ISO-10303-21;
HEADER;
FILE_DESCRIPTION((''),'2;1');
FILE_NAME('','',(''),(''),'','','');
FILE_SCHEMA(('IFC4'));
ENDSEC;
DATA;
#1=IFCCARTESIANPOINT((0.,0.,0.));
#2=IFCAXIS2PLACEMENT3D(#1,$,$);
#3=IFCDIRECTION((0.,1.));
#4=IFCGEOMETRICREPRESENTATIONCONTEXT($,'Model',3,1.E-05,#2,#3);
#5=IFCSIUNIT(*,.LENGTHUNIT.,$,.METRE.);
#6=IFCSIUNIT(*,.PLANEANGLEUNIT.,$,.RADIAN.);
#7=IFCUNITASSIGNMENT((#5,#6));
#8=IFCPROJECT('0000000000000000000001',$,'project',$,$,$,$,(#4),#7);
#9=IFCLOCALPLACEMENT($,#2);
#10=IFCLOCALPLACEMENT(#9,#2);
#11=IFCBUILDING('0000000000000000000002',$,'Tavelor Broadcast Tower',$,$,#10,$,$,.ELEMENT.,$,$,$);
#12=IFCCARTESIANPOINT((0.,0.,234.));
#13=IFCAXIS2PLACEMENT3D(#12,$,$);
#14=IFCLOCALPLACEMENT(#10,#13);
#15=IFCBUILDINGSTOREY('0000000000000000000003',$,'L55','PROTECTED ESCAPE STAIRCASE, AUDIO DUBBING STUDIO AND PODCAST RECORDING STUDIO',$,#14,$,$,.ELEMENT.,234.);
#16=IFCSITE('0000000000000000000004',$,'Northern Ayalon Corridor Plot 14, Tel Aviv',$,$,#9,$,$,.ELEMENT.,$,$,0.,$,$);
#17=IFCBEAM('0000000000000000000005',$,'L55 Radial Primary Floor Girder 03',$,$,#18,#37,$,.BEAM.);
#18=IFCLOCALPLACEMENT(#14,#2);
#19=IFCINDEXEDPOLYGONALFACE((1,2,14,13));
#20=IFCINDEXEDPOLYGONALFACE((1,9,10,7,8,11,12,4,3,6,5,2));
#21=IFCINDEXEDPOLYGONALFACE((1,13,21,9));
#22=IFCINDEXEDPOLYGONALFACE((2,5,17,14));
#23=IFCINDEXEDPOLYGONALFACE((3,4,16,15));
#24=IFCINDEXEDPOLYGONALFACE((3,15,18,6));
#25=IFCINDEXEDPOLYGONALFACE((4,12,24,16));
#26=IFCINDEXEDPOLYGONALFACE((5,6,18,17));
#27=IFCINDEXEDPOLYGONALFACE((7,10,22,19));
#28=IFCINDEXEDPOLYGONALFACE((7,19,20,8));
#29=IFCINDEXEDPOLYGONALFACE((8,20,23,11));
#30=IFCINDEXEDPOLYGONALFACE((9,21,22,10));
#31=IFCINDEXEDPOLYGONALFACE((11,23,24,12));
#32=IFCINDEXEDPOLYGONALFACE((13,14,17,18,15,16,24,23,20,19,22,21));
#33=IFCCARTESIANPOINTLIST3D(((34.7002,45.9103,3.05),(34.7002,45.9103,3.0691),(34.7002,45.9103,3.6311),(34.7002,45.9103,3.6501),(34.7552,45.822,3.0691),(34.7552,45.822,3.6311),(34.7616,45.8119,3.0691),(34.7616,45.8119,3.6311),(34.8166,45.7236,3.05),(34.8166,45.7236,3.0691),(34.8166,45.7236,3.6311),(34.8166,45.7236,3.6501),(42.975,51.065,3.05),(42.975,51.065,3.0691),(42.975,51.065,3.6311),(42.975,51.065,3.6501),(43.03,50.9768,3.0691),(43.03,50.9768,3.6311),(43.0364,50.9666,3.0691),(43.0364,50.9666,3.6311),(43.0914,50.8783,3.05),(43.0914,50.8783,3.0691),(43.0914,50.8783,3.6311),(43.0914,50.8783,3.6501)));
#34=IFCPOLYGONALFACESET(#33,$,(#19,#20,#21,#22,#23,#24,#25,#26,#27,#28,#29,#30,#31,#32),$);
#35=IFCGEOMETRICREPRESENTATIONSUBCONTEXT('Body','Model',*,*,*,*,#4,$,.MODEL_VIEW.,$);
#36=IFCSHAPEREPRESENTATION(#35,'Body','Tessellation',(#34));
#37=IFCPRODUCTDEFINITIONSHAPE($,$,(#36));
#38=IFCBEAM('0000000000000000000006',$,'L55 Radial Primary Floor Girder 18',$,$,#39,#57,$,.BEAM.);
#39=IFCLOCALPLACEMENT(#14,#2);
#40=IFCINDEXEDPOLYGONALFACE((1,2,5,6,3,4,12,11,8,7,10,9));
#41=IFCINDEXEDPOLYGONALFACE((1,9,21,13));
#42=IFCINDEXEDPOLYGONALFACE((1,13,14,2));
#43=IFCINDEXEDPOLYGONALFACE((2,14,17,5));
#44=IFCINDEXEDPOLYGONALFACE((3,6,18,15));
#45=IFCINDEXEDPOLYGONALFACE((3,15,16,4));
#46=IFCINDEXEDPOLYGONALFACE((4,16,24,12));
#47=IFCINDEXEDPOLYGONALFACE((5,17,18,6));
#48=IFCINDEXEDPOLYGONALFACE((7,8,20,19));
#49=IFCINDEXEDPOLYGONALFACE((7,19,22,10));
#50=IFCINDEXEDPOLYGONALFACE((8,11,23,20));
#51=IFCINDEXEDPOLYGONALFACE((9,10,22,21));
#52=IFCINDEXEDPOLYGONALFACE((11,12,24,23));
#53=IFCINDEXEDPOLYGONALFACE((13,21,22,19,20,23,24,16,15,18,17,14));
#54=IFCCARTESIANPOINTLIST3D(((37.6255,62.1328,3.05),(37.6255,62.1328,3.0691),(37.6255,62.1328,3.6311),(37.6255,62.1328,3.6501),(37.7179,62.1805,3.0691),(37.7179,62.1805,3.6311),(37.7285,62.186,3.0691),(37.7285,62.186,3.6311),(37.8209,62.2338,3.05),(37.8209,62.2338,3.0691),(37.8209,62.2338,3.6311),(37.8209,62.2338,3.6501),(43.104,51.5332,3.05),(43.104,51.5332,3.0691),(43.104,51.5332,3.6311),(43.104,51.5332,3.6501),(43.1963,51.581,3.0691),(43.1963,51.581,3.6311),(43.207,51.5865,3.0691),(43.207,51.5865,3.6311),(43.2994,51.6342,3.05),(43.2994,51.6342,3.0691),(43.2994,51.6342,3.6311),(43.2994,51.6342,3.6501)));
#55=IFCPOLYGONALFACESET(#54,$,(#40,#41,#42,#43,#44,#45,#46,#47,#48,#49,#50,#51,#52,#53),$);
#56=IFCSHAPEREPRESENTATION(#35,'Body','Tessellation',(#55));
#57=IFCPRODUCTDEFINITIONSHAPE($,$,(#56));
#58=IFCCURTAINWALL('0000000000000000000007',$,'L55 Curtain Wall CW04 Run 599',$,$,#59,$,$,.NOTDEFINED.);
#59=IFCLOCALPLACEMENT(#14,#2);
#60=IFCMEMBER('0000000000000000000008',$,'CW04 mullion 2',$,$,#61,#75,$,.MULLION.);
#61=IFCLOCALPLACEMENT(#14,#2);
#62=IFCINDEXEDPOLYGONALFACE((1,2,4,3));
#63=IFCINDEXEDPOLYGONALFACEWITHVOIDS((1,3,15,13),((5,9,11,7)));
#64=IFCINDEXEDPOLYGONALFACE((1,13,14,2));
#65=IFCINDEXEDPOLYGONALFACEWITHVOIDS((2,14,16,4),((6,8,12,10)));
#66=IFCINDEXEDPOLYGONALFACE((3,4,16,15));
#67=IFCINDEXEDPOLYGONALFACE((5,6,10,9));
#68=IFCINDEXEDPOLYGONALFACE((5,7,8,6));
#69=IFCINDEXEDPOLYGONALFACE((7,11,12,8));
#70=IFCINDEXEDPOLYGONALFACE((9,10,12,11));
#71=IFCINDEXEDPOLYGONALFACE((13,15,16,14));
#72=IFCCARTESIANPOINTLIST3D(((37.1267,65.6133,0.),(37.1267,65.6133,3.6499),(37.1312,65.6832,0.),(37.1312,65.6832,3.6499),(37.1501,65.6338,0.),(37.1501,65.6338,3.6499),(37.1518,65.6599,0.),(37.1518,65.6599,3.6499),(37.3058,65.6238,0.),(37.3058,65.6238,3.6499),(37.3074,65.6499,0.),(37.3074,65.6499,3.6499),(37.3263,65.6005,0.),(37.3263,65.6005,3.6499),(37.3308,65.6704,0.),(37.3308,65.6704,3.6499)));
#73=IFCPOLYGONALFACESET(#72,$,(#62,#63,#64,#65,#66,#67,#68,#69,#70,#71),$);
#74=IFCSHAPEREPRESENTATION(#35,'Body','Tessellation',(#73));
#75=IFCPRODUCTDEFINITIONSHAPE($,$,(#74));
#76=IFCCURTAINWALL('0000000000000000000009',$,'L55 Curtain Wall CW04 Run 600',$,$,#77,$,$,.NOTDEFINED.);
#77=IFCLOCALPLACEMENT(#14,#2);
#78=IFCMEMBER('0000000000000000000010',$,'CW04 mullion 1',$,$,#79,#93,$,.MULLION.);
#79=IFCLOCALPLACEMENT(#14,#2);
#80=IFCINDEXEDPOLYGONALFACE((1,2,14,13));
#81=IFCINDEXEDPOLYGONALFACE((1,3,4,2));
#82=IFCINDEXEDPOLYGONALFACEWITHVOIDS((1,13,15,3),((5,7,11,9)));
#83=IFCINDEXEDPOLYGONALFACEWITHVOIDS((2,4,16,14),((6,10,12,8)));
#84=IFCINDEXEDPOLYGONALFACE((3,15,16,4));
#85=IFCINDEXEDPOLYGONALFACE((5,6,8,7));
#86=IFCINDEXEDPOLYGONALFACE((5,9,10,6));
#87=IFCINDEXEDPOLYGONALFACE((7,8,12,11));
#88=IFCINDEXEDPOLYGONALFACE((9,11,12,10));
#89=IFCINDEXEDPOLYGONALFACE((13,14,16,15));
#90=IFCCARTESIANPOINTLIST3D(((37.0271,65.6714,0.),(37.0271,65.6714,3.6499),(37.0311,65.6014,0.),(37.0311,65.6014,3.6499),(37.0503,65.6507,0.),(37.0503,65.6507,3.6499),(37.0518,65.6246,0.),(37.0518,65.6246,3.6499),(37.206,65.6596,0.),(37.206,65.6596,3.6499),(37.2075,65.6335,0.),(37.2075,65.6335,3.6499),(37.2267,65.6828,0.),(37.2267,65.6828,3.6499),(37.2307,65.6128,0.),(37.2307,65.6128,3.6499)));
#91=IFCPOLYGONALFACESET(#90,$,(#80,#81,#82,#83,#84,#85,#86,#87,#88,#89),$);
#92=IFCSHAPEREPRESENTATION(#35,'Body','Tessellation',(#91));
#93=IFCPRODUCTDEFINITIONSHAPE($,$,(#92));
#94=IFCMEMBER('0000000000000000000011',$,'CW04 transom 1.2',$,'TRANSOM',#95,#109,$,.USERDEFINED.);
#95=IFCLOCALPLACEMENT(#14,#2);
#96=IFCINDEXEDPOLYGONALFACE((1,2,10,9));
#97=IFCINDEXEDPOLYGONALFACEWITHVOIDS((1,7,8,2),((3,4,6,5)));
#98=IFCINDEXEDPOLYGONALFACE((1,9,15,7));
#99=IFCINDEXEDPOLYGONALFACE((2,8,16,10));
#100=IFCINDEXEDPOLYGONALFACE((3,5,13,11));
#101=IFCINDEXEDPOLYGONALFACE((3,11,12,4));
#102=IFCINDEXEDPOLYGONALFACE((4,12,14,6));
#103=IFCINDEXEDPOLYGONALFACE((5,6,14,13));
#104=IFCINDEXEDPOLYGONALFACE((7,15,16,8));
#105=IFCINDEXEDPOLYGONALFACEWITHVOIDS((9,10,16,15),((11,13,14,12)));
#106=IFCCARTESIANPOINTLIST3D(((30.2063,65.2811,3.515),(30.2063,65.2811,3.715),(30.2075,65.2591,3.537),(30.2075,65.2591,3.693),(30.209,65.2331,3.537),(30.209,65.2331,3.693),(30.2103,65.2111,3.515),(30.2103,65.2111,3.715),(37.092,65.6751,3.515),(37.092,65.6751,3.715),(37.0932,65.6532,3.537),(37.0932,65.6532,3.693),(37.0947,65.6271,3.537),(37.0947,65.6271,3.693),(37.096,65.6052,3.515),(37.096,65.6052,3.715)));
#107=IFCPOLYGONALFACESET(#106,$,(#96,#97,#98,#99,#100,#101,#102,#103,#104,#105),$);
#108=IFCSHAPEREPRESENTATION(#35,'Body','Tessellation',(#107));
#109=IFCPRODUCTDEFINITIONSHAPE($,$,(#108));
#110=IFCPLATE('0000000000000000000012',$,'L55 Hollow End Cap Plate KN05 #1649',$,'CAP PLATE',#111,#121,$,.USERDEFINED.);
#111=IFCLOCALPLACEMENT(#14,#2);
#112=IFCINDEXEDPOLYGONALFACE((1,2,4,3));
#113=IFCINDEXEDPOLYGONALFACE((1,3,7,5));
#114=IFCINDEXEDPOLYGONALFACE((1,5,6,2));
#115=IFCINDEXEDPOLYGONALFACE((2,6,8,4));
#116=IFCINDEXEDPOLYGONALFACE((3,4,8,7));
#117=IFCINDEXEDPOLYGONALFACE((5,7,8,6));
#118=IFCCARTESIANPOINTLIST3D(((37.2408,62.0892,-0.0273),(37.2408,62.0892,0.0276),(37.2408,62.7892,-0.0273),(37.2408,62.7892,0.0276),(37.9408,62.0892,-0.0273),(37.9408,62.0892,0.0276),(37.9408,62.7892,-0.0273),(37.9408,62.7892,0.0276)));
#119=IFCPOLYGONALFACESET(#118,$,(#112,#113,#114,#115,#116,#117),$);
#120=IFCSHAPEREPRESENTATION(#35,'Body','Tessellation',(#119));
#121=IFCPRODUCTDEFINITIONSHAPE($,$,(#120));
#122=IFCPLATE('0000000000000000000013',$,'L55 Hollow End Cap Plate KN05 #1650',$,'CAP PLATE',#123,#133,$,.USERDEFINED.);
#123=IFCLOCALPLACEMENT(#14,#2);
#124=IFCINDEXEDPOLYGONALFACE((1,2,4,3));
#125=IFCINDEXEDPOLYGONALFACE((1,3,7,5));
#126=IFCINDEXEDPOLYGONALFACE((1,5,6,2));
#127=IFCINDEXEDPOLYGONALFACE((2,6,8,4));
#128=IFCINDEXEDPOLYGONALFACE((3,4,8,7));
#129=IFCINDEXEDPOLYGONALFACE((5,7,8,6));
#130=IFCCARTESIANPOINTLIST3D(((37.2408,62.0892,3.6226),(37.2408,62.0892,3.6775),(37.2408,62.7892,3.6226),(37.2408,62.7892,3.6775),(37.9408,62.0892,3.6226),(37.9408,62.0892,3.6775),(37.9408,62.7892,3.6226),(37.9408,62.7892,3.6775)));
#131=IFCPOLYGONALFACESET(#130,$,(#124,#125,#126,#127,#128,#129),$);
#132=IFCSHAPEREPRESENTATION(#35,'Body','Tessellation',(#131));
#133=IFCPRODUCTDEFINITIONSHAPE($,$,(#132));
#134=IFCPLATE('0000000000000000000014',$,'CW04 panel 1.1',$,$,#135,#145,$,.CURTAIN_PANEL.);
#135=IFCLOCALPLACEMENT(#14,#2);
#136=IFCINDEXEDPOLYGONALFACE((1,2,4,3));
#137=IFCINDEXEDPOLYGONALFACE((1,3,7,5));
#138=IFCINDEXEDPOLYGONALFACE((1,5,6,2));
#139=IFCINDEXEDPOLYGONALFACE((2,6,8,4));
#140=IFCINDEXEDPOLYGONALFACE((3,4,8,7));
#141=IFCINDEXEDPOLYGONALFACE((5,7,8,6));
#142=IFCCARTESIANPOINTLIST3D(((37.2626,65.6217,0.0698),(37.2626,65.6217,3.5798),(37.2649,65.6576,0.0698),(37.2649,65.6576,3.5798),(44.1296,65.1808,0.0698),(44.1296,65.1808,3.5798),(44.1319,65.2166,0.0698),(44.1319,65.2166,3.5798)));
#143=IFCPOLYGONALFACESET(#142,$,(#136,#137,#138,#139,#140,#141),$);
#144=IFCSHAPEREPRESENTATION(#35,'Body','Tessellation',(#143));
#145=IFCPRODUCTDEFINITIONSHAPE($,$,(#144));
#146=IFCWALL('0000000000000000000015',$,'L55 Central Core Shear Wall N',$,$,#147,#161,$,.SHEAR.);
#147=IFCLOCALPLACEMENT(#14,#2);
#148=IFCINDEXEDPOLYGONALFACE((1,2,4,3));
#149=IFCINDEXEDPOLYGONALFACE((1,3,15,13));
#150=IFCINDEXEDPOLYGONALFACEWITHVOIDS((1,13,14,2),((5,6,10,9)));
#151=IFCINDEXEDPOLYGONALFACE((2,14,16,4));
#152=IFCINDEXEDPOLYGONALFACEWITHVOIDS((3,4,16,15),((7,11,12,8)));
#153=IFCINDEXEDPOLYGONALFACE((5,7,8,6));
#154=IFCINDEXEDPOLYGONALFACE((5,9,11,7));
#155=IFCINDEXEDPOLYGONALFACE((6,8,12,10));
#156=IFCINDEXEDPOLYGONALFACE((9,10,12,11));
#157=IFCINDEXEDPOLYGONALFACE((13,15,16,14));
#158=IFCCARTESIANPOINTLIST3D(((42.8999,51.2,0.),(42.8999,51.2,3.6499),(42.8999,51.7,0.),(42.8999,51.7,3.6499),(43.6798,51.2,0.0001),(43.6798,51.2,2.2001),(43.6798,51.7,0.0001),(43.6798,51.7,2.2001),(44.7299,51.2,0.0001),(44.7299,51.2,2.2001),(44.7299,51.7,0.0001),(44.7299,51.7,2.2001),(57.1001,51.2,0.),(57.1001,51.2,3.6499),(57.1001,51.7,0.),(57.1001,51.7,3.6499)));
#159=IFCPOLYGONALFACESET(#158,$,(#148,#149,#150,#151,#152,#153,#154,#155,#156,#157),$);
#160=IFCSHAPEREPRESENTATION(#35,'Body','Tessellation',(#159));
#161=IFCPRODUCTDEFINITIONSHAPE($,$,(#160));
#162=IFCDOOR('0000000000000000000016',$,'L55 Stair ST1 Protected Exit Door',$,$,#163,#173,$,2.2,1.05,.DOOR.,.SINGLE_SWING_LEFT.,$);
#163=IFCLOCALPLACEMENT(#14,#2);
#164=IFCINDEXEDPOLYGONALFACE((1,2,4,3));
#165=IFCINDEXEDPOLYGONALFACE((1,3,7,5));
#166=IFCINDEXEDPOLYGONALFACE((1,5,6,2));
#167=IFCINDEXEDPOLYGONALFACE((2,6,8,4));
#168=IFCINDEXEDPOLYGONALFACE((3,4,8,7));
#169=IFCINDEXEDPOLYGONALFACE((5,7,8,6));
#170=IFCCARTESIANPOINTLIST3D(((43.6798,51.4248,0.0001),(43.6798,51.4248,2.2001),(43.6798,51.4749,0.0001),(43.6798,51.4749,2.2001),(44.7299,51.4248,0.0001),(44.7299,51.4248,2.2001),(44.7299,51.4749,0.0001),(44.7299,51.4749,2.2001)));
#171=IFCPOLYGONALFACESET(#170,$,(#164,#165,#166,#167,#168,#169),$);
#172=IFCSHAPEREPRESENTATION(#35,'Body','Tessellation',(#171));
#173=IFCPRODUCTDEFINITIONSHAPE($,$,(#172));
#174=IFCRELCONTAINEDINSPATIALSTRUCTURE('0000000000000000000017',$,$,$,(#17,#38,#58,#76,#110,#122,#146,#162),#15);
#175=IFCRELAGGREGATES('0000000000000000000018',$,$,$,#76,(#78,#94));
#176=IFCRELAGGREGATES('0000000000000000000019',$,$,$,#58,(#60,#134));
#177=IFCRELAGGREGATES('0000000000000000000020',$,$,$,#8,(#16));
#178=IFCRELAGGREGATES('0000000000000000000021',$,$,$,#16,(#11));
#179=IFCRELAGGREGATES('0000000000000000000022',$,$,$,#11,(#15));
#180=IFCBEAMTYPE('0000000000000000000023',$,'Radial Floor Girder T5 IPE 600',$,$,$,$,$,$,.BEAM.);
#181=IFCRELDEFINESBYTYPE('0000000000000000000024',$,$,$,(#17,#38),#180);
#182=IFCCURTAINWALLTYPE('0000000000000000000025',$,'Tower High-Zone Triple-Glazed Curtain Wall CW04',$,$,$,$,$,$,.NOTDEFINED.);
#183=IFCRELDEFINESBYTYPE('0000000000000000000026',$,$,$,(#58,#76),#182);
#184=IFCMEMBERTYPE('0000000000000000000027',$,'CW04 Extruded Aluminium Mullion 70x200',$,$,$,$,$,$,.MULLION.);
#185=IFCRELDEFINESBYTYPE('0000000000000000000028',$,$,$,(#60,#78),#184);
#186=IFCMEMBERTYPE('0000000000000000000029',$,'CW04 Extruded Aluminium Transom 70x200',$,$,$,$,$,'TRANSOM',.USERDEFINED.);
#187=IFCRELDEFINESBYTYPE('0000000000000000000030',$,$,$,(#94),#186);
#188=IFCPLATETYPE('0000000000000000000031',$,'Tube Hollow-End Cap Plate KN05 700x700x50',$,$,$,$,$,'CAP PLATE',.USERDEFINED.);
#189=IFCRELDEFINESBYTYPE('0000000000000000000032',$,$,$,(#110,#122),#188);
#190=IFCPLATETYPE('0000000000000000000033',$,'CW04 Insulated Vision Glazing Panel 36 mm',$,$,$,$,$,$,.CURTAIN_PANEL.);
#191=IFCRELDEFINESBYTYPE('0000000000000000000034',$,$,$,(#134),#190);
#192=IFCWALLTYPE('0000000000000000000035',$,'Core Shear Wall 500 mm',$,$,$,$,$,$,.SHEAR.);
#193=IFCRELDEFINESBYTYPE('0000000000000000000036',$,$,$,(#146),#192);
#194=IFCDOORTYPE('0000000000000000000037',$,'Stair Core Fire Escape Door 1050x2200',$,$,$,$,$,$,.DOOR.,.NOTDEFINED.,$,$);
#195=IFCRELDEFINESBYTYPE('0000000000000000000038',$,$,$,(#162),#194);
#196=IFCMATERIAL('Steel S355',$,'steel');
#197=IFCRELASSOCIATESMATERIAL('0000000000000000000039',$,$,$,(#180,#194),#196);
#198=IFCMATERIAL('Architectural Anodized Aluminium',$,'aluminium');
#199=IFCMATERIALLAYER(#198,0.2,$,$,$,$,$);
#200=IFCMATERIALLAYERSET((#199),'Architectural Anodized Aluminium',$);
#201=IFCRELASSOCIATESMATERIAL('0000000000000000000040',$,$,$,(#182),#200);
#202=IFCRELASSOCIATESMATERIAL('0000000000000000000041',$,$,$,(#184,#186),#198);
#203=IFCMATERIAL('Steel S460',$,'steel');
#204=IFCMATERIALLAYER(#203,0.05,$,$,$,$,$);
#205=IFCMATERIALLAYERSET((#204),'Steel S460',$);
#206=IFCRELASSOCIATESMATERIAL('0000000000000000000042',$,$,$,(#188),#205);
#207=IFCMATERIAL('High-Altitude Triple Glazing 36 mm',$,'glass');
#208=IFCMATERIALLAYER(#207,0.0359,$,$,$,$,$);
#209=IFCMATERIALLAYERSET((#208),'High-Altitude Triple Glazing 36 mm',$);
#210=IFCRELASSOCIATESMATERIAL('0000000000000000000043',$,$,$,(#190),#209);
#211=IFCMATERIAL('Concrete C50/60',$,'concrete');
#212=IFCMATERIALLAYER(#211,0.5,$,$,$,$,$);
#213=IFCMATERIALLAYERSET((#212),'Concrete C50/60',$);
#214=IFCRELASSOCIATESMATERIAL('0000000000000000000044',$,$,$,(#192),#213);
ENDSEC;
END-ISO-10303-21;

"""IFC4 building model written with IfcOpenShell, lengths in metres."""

from ifc_helpers import new_model, si_unit, direction, frame, frame_2d, origin, origin_2d, place, context, subcontext, project, spatial, rectangle, hollow_rectangle, i_section, extrude, source, transform, mapped, material, layer, layer_set, material_profile, profile_set, type_object, type_shapes, element, fill, aggregate, save


model = new_model("IFC4")

# Units and contexts
model_context = context("Model", 3, precision=1e-05, world=origin(), true_north=direction((0.0, 1.0)))
body_context = subcontext(model_context, "Body", "Model", "MODEL_VIEW")
ifc_project = project(units=[si_unit("LENGTHUNIT", "METRE"), si_unit("PLANEANGLEUNIT", "RADIAN")], contexts=[model_context])

# Site, building, storey
site_placement = place(None, origin())
site = spatial("IfcSite", under=ifc_project, at=site_placement, Name="Northern Ayalon Corridor Plot 14, Tel Aviv", CompositionType="ELEMENT", RefElevation=0.0)
building_placement = place(site_placement, origin())
building = spatial("IfcBuilding", under=site, at=building_placement, Name="Tavelor Broadcast Tower", CompositionType="ELEMENT")
storey_placement = place(building_placement, frame((0.0, 0.0, 234.0)))
storey = spatial("IfcBuildingStorey", under=building, at=storey_placement, Name="L55", Description="PROTECTED ESCAPE STAIRCASE, AUDIO DUBBING STUDIO AND PODCAST RECORDING STUDIO", CompositionType="ELEMENT", Elevation=234.0)

# Shared definitions
ifc_material_1 = material(Name="Concrete C50/60", Category="concrete")
ifc_material_2 = material(Name="Steel S460", Category="steel")

# Beams
ifc_material_3 = material(Name="Steel S355", Category="steel")
ifc_material_profile_1 = material_profile(ifc_material_3, i_section(OverallWidth=0.22, OverallDepth=0.6001, WebThickness=0.012, FlangeThickness=0.019, at=origin_2d()), Name="IPE 600")
ifc_profile_set_1 = profile_set([ifc_material_profile_1], Name="Steel S355")
beam_type_1 = type_object("IfcBeamType", Name="Radial Floor Girder T5 IPE 600", PredefinedType="BEAM", material=ifc_profile_set_1)
beam_1_placement = place(storey_placement, frame((43.0332, 50.9717, 3.3501), z_axis=(-0.848782, -0.528742, 0.0), x_axis=(0.528742, -0.848782, 0.0)))
element("IfcBeam", 1, at=beam_1_placement, inside=storey, type_object=beam_type_1, Name="L55 Radial Primary Floor Girder 03", PredefinedType="BEAM", context=body_context, shape_type="SweptSolid", body=[
    extrude(i_section(OverallWidth=0.22, OverallDepth=0.6001, WebThickness=0.012, FlangeThickness=0.019, at=origin_2d()), origin(), (0.0, 0.0, 1.0), 9.749),
])
beam_2_placement = place(storey_placement, frame((43.2017, 51.5837, 3.3501), z_axis=(-0.459156, 0.888356, 0.0), x_axis=(-0.888356, -0.459156, 0.0)))
element("IfcBeam", 2, at=beam_2_placement, inside=storey, type_object=beam_type_1, Name="L55 Radial Primary Floor Girder 18", PredefinedType="BEAM", context=body_context, shape_type="SweptSolid", body=[
    extrude(i_section(OverallWidth=0.22, OverallDepth=0.6001, WebThickness=0.012, FlangeThickness=0.019, at=origin_2d()), origin(), (0.0, 0.0, 1.0), 11.9316),
])

# Curtain wall, member
ifc_material_4 = material(Name="Architectural Anodized Aluminium", Category="aluminium")
ifc_layer_1 = layer(ifc_material_4, 0.2)
ifc_layer_set_1 = layer_set([ifc_layer_1], Name="Architectural Anodized Aluminium")
curtain_wall_type = type_object("IfcCurtainWallType", Name="Tower High-Zone Triple-Glazed Curtain Wall CW04", PredefinedType="NOTDEFINED", material=ifc_layer_set_1)
curtain_wall_1_placement = place(storey_placement, origin())
curtain_wall_1 = element("IfcCurtainWall", 3, at=curtain_wall_1_placement, inside=storey, type_object=curtain_wall_type, Name="L55 Curtain Wall CW04 Run 599", PredefinedType="NOTDEFINED")
ifc_material_profile_2 = material_profile(ifc_material_4, hollow_rectangle(XDim=0.0701, YDim=0.2, WallThickness=0.022, at=origin_2d()), Name="RHS 70x200x22")
ifc_profile_set_2 = profile_set([ifc_material_profile_2], Name="Architectural Anodized Aluminium")
member_type_1 = type_object("IfcMemberType", Name="CW04 Extruded Aluminium Mullion 70x200", PredefinedType="MULLION", material=ifc_profile_set_2)
shared_shape_1 = source(origin(), body_context, "Body", "SweptSolid", [
    extrude(hollow_rectangle(XDim=0.0701, YDim=0.2, WallThickness=0.022, at=origin_2d()), origin(), (0.0, 0.0, 1.0), 3.6499),
])
type_shapes(member_type_1, [shared_shape_1])
member_1_placement = place(storey_placement, frame((37.2288, 65.6418, 0.0), z_axis=(0.0, 0.0, 1.0), x_axis=(-0.064079, -0.997945, 0.0)))
member_1 = element("IfcMember", 4, at=member_1_placement, type_object=member_type_1, Name="CW04 mullion 2", PredefinedType="MULLION", context=body_context, shape_type="MappedRepresentation", body=[
    mapped(shared_shape_1, transform((0.0, 0.0, 0.0), scale=1.0)),
])

# Curtain wall, members
curtain_wall_2_placement = place(storey_placement, origin())
curtain_wall_2 = element("IfcCurtainWall", 5, at=curtain_wall_2_placement, inside=storey, type_object=curtain_wall_type, Name="L55 Curtain Wall CW04 Run 600", PredefinedType="NOTDEFINED")
member_2_placement = place(storey_placement, frame((37.1289, 65.6421, 0.0), z_axis=(0.0, 0.0, 1.0), x_axis=(0.057141, -0.998366, 0.0)))
member_2 = element("IfcMember", 6, at=member_2_placement, type_object=member_type_1, Name="CW04 mullion 1", PredefinedType="MULLION", context=body_context, shape_type="MappedRepresentation", body=[
    mapped(shared_shape_1, transform((0.0, 0.0, 0.0), scale=1.0)),
])
ifc_material_profile_3 = material_profile(ifc_material_4, hollow_rectangle(XDim=0.0701, YDim=0.2, WallThickness=0.022, at=origin_2d()), Name="RHS 70x200x22")
ifc_profile_set_3 = profile_set([ifc_material_profile_3], Name="Architectural Anodized Aluminium")
member_type_2 = type_object("IfcMemberType", Name="CW04 Extruded Aluminium Transom 70x200", ElementType="TRANSOM", PredefinedType="USERDEFINED", material=ifc_profile_set_3)
shared_shape_2 = source(origin(), body_context, "Body", "SweptSolid", [
    extrude(hollow_rectangle(XDim=0.0701, YDim=0.2, WallThickness=0.022, at=origin_2d()), origin(), (0.0, 0.0, 1.0), 6.897),
])
type_shapes(member_type_2, [shared_shape_2])
member_3_placement = place(storey_placement, frame((37.094, 65.6401, 3.615), z_axis=(-0.998367, -0.057132, 0.0), x_axis=(0.057132, -0.998367, 0.0)))
member_3 = element("IfcMember", 7, at=member_3_placement, type_object=member_type_2, Name="CW04 transom 1.2", ObjectType="TRANSOM", PredefinedType="USERDEFINED", context=body_context, shape_type="MappedRepresentation", body=[
    mapped(shared_shape_2, transform((0.0, 0.0, 0.0), scale=1.0)),
])
aggregate(curtain_wall_2, [member_2, member_3])

# Plates
ifc_layer_2 = layer(ifc_material_2, 0.05)
ifc_layer_set_2 = layer_set([ifc_layer_2], Name="Steel S460")
plate_type_1 = type_object("IfcPlateType", Name="Tube Hollow-End Cap Plate KN05 700x700x50", ElementType="CAP PLATE", PredefinedType="USERDEFINED", material=ifc_layer_set_2)
shared_shape_3 = source(origin(), body_context, "Body", "SweptSolid", [
    extrude(rectangle(XDim=0.7, YDim=0.7, at=origin_2d()), origin(), (0.0, 0.0, 1.0), 0.0549),
])
type_shapes(plate_type_1, [shared_shape_3])
for number, where, z_axis, x_axis, name in (
    (8, (37.5908, 62.4392, -0.0273), (0.0, 0.0, 1.0), (1.0, 0.0, 0.0), "L55 Hollow End Cap Plate KN05 #1649"),
    (9, (37.5908, 62.4392, 3.6226), (0.0, 0.0, 1.0), (1.0, 0.0, 0.0), "L55 Hollow End Cap Plate KN05 #1650"),
):
    element("IfcPlate", number, at=place(storey_placement, frame(where, z_axis=z_axis, x_axis=x_axis)), inside=storey, type_object=plate_type_1, Name=name, ObjectType="CAP PLATE", PredefinedType="USERDEFINED", context=body_context, shape_type="MappedRepresentation", body=[
        mapped(shared_shape_3, transform((0.0, 0.0, 0.0), scale=1.0)),
    ])

# Plate
ifc_material_5 = material(Name="High-Altitude Triple Glazing 36 mm", Category="glass")
ifc_layer_3 = layer(ifc_material_5, 0.0359)
ifc_layer_set_3 = layer_set([ifc_layer_3], Name="High-Altitude Triple Glazing 36 mm")
plate_type_2 = type_object("IfcPlateType", Name="CW04 Insulated Vision Glazing Panel 36 mm", PredefinedType="CURTAIN_PANEL", material=ifc_layer_set_3)
shared_shape_4 = source(origin(), body_context, "Body", "SweptSolid", [
    extrude(rectangle(XDim=6.8811, YDim=0.0359, at=origin_2d()), origin(), (0.0, 0.0, 1.0), 3.51),
])
type_shapes(plate_type_2, [shared_shape_4])
plate_placement = place(storey_placement, frame((40.6973, 65.4192, 0.0698), z_axis=(0.0, 0.0, 1.0), x_axis=(-0.997945, 0.064079, 0.0)))
plate = element("IfcPlate", 10, at=plate_placement, type_object=plate_type_2, Name="CW04 panel 1.1", PredefinedType="CURTAIN_PANEL", context=body_context, shape_type="MappedRepresentation", body=[
    mapped(shared_shape_4, transform((0.0, 0.0, 0.0), scale=1.0)),
])
aggregate(curtain_wall_1, [member_1, plate])

# Wall, opening, door
ifc_layer_4 = layer(ifc_material_1, 0.5)
ifc_layer_set_4 = layer_set([ifc_layer_4], Name="Concrete C50/60")
wall_type_1 = type_object("IfcWallType", Name="Core Shear Wall 500 mm", PredefinedType="SHEAR", material=ifc_layer_set_4)
wall_1_placement = place(storey_placement, frame((42.8999, 51.45, 0.0), z_axis=(0.0, 0.0, 1.0), x_axis=(1.0, 0.0, 0.0)))
wall_1 = element("IfcWall", 11, at=wall_1_placement, inside=storey, type_object=wall_type_1, Name="L55 Central Core Shear Wall N", PredefinedType="SHEAR", context=body_context, shape_type="SweptSolid", body=[
    extrude(rectangle(XDim=14.2002, YDim=0.5, at=frame_2d((7.1001, 0.0))), origin(), (0.0, 0.0, 1.0), 3.6499),
])
opening_1_placement = place(wall_1_placement, frame((0.78, 0.0, 0.0)))
opening_1 = element("IfcOpeningElement", 12, at=opening_1_placement, cuts=wall_1, PredefinedType="OPENING", context=body_context, shape_type="SweptSolid", body=[
    extrude(rectangle(XDim=1.05, YDim=2.2, at=frame_2d((0.5249, 1.1001))), frame((0.0, 0.26, 0.0), z_axis=(0.0, -1.0, 0.0), x_axis=(1.0, 0.0, 0.0)), (0.0, 0.0, 1.0), 0.52),
])
door_type_1 = type_object("IfcDoorType", Name="Stair Core Fire Escape Door 1050x2200", OperationType="NOTDEFINED", PredefinedType="DOOR", material=ifc_material_3)
door_1_placement = place(opening_1_placement, origin())
door_1 = element("IfcDoor", 13, at=door_1_placement, inside=storey, type_object=door_type_1, Name="L55 Stair ST1 Protected Exit Door", OperationType="SINGLE_SWING_LEFT", OverallHeight=2.2, OverallWidth=1.05, PredefinedType="DOOR", context=body_context, shape_type="SweptSolid", body=[
    extrude(rectangle(XDim=1.05, YDim=2.2, at=frame_2d((0.5249, 1.1001))), frame((0.0, 0.0249, 0.0), z_axis=(0.0, -1.0, 0.0), x_axis=(1.0, 0.0, 0.0)), (0.0, 0.0, 1.0), 0.05),
])
fill(opening_1, door_1)

save(model, "model.ifc")
